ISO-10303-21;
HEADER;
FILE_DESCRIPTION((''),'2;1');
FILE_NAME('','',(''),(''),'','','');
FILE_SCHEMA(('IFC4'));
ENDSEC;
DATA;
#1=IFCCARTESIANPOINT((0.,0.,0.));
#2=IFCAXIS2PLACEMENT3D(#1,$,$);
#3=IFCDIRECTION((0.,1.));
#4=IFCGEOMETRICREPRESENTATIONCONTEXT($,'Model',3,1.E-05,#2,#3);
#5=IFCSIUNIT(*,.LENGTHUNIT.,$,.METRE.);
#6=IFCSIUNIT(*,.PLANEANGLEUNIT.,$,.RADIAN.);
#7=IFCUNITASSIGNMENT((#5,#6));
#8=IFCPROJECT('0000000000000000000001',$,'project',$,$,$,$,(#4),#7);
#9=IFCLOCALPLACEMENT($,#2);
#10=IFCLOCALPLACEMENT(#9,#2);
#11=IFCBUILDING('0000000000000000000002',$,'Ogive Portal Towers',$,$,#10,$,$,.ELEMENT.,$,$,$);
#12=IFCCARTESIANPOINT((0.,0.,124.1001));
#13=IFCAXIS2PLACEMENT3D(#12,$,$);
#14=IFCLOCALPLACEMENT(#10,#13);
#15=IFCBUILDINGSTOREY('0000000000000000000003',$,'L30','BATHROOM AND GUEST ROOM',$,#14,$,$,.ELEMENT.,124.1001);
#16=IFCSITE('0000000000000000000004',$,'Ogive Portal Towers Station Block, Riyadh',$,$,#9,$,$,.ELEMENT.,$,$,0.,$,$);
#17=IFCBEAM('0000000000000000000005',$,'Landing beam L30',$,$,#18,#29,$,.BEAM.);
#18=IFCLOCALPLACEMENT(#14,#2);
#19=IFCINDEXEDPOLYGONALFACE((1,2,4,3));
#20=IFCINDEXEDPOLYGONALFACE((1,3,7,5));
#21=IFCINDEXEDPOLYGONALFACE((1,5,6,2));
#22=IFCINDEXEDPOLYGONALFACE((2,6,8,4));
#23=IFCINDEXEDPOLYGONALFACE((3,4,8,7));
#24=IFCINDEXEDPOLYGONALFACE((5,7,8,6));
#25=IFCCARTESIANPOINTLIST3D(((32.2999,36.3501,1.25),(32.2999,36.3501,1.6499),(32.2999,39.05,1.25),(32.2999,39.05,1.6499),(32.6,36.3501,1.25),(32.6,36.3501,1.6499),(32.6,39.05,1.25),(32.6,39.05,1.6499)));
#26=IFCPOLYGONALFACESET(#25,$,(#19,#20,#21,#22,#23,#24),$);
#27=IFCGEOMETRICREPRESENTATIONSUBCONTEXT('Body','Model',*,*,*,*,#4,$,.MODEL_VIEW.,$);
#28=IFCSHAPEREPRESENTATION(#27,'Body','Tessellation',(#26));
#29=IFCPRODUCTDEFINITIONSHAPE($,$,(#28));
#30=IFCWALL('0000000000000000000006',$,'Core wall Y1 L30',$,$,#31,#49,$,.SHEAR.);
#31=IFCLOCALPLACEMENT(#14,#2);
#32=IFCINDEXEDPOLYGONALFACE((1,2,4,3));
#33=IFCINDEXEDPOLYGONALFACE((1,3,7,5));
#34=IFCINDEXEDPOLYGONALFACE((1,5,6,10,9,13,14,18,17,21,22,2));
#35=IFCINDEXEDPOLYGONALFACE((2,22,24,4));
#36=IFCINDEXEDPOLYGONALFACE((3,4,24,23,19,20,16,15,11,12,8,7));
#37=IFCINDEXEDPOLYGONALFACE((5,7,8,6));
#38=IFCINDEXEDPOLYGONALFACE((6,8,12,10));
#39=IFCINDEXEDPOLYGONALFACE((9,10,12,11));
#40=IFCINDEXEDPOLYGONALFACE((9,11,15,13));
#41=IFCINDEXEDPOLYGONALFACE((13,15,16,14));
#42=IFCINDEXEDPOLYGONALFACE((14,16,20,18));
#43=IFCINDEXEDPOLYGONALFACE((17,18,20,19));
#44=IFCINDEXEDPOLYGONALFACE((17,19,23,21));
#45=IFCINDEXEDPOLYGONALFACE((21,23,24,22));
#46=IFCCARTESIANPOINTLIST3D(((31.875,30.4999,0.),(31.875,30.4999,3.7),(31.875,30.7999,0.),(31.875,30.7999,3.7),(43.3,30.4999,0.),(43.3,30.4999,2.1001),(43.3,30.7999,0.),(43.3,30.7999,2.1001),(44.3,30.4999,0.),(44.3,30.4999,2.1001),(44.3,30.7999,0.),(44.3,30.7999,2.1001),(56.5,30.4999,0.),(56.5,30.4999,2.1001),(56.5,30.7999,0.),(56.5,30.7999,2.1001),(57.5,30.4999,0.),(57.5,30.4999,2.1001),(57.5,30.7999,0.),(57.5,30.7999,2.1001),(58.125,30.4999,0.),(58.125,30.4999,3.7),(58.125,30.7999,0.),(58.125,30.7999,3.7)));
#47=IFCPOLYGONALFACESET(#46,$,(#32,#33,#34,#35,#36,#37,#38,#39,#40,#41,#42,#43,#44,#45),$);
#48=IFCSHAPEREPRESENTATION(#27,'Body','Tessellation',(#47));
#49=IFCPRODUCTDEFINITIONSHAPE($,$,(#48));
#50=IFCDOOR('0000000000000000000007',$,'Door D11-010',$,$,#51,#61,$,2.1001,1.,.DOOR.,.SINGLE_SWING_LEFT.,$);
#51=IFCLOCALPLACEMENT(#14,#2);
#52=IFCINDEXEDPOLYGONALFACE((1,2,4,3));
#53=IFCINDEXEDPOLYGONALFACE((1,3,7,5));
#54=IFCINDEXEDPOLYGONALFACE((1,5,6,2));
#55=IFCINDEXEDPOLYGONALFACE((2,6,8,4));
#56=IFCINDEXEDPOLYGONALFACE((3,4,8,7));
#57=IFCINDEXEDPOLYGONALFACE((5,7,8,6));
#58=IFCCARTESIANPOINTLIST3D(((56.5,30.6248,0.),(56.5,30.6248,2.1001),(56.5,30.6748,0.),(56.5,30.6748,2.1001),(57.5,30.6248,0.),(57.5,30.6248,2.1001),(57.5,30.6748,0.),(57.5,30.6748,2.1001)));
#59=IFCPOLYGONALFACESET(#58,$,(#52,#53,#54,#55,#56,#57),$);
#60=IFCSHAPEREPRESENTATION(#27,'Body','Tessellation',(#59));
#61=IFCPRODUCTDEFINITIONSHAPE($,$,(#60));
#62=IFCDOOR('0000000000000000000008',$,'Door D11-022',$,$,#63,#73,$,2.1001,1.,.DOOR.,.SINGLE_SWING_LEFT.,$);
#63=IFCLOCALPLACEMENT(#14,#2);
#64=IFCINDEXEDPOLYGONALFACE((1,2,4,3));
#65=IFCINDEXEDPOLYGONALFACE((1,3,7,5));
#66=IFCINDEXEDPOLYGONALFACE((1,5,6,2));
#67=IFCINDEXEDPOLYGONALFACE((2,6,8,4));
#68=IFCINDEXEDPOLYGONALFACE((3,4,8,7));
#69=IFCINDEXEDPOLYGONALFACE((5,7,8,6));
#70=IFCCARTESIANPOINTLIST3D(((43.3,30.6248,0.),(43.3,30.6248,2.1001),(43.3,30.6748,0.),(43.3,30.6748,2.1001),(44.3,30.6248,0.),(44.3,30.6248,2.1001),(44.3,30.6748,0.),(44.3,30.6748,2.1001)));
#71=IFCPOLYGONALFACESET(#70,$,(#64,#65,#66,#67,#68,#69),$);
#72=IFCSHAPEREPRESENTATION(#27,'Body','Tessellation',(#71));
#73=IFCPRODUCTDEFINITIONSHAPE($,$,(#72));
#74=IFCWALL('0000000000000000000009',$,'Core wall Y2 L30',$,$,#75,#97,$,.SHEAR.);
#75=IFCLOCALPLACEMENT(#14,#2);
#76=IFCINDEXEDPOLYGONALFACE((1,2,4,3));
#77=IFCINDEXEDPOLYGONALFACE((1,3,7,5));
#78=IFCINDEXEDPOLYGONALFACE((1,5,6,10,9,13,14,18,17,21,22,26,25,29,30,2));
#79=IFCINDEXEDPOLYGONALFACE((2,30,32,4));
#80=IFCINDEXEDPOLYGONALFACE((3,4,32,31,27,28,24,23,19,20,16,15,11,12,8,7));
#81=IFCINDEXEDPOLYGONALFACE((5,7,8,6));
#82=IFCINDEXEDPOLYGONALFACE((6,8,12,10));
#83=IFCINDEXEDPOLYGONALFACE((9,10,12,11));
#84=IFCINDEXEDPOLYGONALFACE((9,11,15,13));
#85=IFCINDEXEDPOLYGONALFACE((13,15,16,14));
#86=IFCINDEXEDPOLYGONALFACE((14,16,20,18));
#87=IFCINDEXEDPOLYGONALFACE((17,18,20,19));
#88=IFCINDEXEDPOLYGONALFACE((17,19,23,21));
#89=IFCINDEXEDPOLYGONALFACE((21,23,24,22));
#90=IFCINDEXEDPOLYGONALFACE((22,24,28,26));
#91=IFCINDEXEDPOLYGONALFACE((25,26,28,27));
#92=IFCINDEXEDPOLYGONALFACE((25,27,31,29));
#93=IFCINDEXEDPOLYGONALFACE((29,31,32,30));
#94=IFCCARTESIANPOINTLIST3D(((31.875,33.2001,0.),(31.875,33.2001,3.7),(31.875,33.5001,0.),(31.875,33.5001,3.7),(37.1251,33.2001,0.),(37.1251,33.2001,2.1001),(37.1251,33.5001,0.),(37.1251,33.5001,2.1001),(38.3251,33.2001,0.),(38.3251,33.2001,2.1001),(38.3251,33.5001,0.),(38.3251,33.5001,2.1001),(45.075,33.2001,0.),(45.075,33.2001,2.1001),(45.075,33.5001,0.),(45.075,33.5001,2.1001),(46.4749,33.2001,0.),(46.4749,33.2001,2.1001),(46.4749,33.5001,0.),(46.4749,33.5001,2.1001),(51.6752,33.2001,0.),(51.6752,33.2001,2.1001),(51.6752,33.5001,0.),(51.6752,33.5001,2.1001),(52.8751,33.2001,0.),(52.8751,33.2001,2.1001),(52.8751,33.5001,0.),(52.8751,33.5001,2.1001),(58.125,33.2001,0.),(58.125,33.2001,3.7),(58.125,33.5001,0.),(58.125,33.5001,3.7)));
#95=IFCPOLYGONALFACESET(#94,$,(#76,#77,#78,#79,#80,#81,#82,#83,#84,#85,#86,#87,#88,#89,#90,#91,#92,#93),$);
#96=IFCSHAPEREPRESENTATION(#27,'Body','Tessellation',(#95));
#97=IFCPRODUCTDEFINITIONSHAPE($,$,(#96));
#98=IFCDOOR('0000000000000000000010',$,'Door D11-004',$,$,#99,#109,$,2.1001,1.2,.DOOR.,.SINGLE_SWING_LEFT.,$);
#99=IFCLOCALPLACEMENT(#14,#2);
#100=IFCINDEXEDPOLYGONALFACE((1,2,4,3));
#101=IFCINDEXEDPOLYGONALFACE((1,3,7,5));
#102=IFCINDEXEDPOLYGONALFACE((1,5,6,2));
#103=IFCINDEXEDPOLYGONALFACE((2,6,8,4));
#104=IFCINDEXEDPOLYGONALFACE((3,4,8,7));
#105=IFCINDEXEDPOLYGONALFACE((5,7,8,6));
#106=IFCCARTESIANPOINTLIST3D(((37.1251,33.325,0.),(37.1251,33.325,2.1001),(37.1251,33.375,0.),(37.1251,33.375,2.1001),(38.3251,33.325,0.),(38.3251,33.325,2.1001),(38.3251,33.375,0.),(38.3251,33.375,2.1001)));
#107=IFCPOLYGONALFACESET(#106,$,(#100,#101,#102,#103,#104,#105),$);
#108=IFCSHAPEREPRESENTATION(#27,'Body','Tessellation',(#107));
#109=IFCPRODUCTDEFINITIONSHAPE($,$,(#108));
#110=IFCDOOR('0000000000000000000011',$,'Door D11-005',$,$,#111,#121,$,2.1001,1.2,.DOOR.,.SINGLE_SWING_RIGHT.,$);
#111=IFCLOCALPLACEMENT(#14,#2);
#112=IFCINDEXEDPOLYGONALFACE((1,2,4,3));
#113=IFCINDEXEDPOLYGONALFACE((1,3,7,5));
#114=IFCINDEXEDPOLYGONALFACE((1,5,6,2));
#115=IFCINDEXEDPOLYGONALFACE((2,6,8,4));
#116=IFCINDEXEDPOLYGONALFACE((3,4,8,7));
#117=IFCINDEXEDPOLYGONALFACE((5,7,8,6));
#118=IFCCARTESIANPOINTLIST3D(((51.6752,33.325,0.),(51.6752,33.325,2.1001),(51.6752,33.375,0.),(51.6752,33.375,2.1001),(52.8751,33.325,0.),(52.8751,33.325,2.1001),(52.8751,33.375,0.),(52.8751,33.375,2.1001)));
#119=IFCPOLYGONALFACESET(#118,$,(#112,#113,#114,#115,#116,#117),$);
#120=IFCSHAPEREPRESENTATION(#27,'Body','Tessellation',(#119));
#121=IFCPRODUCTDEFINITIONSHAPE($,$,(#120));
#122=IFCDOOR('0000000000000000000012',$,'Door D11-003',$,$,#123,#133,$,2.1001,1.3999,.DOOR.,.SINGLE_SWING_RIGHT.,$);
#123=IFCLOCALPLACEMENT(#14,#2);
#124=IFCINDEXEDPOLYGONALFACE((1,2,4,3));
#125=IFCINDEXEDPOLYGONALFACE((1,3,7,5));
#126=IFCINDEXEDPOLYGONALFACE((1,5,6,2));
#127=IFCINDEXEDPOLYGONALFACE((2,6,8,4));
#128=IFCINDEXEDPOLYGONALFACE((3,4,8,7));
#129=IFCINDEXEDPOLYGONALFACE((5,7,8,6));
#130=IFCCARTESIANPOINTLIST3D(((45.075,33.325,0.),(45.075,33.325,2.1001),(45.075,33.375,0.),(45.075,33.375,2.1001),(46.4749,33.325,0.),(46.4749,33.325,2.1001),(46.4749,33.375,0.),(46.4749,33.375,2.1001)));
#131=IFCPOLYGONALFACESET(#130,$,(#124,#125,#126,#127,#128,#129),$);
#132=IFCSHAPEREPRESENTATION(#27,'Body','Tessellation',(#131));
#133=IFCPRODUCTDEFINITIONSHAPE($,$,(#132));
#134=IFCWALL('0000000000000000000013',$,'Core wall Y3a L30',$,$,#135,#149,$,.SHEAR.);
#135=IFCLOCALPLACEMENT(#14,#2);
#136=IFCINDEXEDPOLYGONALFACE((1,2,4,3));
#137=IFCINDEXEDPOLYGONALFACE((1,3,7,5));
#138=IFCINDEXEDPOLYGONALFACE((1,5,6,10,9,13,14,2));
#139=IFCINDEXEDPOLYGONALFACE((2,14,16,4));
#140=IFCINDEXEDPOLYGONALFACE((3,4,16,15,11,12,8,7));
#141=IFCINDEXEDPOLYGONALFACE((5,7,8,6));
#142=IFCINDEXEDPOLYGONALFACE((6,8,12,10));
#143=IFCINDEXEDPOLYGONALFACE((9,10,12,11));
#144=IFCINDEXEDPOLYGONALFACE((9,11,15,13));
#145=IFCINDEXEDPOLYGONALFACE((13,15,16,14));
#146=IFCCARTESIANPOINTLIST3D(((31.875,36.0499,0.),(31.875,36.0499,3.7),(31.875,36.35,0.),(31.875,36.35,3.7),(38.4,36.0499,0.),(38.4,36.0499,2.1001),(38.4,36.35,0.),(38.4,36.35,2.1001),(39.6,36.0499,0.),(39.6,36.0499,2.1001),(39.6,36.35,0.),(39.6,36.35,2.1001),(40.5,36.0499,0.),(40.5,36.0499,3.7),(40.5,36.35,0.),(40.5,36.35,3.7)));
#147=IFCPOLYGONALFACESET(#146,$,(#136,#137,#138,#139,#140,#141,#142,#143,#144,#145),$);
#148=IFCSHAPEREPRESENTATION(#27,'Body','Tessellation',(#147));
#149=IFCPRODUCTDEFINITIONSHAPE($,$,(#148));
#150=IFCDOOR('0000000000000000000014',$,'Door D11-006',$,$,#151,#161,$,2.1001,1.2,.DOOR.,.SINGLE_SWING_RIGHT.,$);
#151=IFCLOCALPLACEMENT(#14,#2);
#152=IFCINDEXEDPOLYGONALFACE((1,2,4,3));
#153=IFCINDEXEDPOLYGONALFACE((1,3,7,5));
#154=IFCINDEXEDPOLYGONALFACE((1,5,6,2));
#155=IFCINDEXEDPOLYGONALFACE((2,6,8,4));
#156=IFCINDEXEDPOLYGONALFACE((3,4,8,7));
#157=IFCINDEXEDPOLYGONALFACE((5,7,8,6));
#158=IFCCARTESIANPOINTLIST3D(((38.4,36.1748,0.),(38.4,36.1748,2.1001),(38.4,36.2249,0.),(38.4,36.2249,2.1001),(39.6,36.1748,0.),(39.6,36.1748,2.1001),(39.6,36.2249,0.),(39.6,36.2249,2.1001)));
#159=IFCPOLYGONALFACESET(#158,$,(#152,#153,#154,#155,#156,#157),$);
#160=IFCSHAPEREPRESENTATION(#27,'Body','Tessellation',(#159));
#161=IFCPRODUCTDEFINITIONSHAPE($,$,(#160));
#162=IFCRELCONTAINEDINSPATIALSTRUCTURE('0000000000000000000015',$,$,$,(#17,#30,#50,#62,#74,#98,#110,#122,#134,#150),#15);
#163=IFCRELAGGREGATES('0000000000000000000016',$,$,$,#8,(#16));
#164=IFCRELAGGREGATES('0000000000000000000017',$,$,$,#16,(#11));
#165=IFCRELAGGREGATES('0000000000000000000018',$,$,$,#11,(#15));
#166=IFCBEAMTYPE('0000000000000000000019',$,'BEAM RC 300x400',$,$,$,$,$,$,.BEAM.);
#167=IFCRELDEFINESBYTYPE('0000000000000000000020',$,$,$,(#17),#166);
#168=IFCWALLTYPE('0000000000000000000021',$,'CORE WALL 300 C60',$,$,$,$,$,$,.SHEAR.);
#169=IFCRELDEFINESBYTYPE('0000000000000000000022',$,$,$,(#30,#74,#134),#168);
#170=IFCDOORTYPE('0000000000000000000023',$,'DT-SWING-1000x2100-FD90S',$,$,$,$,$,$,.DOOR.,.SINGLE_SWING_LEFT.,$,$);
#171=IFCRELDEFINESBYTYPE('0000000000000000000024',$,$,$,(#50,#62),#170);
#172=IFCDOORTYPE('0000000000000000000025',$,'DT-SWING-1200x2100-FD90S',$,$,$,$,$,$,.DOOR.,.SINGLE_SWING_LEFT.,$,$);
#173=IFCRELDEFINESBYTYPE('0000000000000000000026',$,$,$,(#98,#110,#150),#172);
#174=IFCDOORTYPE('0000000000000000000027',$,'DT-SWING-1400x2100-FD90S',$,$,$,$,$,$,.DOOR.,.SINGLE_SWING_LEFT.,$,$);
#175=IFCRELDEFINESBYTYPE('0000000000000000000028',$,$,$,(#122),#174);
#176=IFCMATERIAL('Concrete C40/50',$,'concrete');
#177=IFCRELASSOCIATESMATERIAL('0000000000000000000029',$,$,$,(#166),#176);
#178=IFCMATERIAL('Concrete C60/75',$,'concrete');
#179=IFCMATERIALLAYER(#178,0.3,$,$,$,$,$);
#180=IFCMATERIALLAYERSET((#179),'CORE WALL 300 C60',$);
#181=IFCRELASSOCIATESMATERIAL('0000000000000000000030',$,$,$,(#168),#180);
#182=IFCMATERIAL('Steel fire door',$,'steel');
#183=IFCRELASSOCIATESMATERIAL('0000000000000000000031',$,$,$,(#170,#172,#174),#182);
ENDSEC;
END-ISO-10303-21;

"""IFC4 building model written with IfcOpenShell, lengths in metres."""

from ifc_helpers import new_model, si_unit, direction, frame, frame_2d, origin, origin_2d, place, context, subcontext, project, spatial, rectangle, extrude, material, layer, layer_set, material_profile, profile_set, type_object, element, fill, save


model = new_model("IFC4")

# Units and contexts
model_context = context("Model", 3, precision=1e-05, world=origin(), true_north=direction((0.0, 1.0)))
body_context = subcontext(model_context, "Body", "Model", "MODEL_VIEW")
ifc_project = project(units=[si_unit("LENGTHUNIT", "METRE"), si_unit("PLANEANGLEUNIT", "RADIAN")], contexts=[model_context])

# Site, building, storey
site_placement = place(None, origin())
site = spatial("IfcSite", under=ifc_project, at=site_placement, Name="Ogive Portal Towers Station Block, Riyadh", CompositionType="ELEMENT", RefElevation=0.0)
building_placement = place(site_placement, origin())
building = spatial("IfcBuilding", under=site, at=building_placement, Name="Ogive Portal Towers", CompositionType="ELEMENT")
storey_placement = place(building_placement, frame((0.0, 0.0, 124.1001)))
storey = spatial("IfcBuildingStorey", under=building, at=storey_placement, Name="L30", Description="BATHROOM AND GUEST ROOM", CompositionType="ELEMENT", Elevation=124.1001)

# Beam
ifc_material_1 = material(Name="Concrete C40/50", Category="concrete")
ifc_material_profile = material_profile(ifc_material_1, rectangle(XDim=0.3, YDim=0.3999, at=origin_2d()), Name="RC 300x400")
ifc_profile_set = profile_set([ifc_material_profile], Name="Concrete C40/50")
beam_type = type_object("IfcBeamType", Name="BEAM RC 300x400", PredefinedType="BEAM", material=ifc_profile_set)
beam_placement = place(storey_placement, frame((32.45, 36.3501, 1.45), z_axis=(0.0, 1.0, 0.0), x_axis=(-1.0, 0.0, 0.0)))
element("IfcBeam", 1, at=beam_placement, inside=storey, type_object=beam_type, Name="Landing beam L30", PredefinedType="BEAM", context=body_context, shape_type="SweptSolid", body=[
    extrude(rectangle(XDim=0.3, YDim=0.3999, at=origin_2d()), origin(), (0.0, 0.0, 1.0), 2.7),
])

# Walls, openings, doors
ifc_material_2 = material(Name="Concrete C60/75", Category="concrete")
ifc_layer_1 = layer(ifc_material_2, 0.3)
ifc_layer_set_1 = layer_set([ifc_layer_1], Name="CORE WALL 300 C60")
wall_type_1 = type_object("IfcWallType", Name="CORE WALL 300 C60", PredefinedType="SHEAR", material=ifc_layer_set_1)
wall_1_placement = place(storey_placement, frame((31.875, 30.6499, 0.0), z_axis=(0.0, 0.0, 1.0), x_axis=(1.0, 0.0, 0.0)))
wall_1 = element("IfcWall", 2, at=wall_1_placement, inside=storey, type_object=wall_type_1, Name="Core wall Y1 L30", PredefinedType="SHEAR", context=body_context, shape_type="SweptSolid", body=[
    extrude(rectangle(XDim=26.25, YDim=0.3, at=frame_2d((13.125, 0.0))), origin(), (0.0, 0.0, 1.0), 3.7),
])
opening_1_placement = place(wall_1_placement, frame((24.625, 0.0, 0.0)))
opening_1 = element("IfcOpeningElement", 3, at=opening_1_placement, cuts=wall_1, PredefinedType="OPENING", context=body_context, shape_type="SweptSolid", body=[
    extrude(rectangle(XDim=1.0, YDim=2.1001, at=frame_2d((0.5, 1.05))), frame((0.0, 0.1602, 0.0), z_axis=(0.0, -1.0, 0.0), x_axis=(1.0, 0.0, 0.0)), (0.0, 0.0, 1.0), 0.3201),
])
opening_2_placement = place(wall_1_placement, frame((11.425, 0.0, 0.0)))
opening_2 = element("IfcOpeningElement", 4, at=opening_2_placement, cuts=wall_1, PredefinedType="OPENING", context=body_context, shape_type="SweptSolid", body=[
    extrude(rectangle(XDim=1.0, YDim=2.1001, at=frame_2d((0.5, 1.05))), frame((0.0, 0.1602, 0.0), z_axis=(0.0, -1.0, 0.0), x_axis=(1.0, 0.0, 0.0)), (0.0, 0.0, 1.0), 0.3201),
])
ifc_material_3 = material(Name="Steel fire door", Category="steel")
door_type_1 = type_object("IfcDoorType", Name="DT-SWING-1000x2100-FD90S", OperationType="SINGLE_SWING_LEFT", PredefinedType="DOOR", material=ifc_material_3)
door_1_placement = place(opening_1_placement, origin())
door_1 = element("IfcDoor", 5, at=door_1_placement, inside=storey, type_object=door_type_1, Name="Door D11-010", OperationType="SINGLE_SWING_LEFT", OverallHeight=2.1001, OverallWidth=1.0, PredefinedType="DOOR", context=body_context, shape_type="SweptSolid", body=[
    extrude(rectangle(XDim=1.0, YDim=2.1001, at=frame_2d((0.5, 1.05))), frame((0.0, 0.0249, 0.0), z_axis=(0.0, -1.0, 0.0), x_axis=(1.0, 0.0, 0.0)), (0.0, 0.0, 1.0), 0.05),
])
fill(opening_1, door_1)
door_2_placement = place(opening_2_placement, origin())
door_2 = element("IfcDoor", 6, at=door_2_placement, inside=storey, type_object=door_type_1, Name="Door D11-022", OperationType="SINGLE_SWING_LEFT", OverallHeight=2.1001, OverallWidth=1.0, PredefinedType="DOOR", context=body_context, shape_type="SweptSolid", body=[
    extrude(rectangle(XDim=1.0, YDim=2.1001, at=frame_2d((0.5, 1.05))), frame((0.0, 0.0249, 0.0), z_axis=(0.0, -1.0, 0.0), x_axis=(1.0, 0.0, 0.0)), (0.0, 0.0, 1.0), 0.05),
])
fill(opening_2, door_2)
wall_2_placement = place(storey_placement, frame((31.875, 33.3501, 0.0), z_axis=(0.0, 0.0, 1.0), x_axis=(1.0, 0.0, 0.0)))
wall_2 = element("IfcWall", 7, at=wall_2_placement, inside=storey, type_object=wall_type_1, Name="Core wall Y2 L30", PredefinedType="SHEAR", context=body_context, shape_type="SweptSolid", body=[
    extrude(rectangle(XDim=26.25, YDim=0.3, at=frame_2d((13.125, 0.0))), origin(), (0.0, 0.0, 1.0), 3.7),
])
opening_3_placement = place(wall_2_placement, frame((13.2, 0.0, 0.0)))
opening_3 = element("IfcOpeningElement", 8, at=opening_3_placement, cuts=wall_2, PredefinedType="OPENING", context=body_context, shape_type="SweptSolid", body=[
    extrude(rectangle(XDim=1.3999, YDim=2.1001, at=frame_2d((0.7, 1.05))), frame((0.0, 0.1602, 0.0), z_axis=(0.0, -1.0, 0.0), x_axis=(1.0, 0.0, 0.0)), (0.0, 0.0, 1.0), 0.3201),
])
opening_4_placement = place(wall_2_placement, frame((5.25, 0.0, 0.0)))
opening_4 = element("IfcOpeningElement", 9, at=opening_4_placement, cuts=wall_2, PredefinedType="OPENING", context=body_context, shape_type="SweptSolid", body=[
    extrude(rectangle(XDim=1.2, YDim=2.1001, at=frame_2d((0.6001, 1.05))), frame((0.0, 0.1602, 0.0), z_axis=(0.0, -1.0, 0.0), x_axis=(1.0, 0.0, 0.0)), (0.0, 0.0, 1.0), 0.3201),
])
opening_5_placement = place(wall_2_placement, frame((19.8, 0.0, 0.0)))
opening_5 = element("IfcOpeningElement", 10, at=opening_5_placement, cuts=wall_2, PredefinedType="OPENING", context=body_context, shape_type="SweptSolid", body=[
    extrude(rectangle(XDim=1.2, YDim=2.1001, at=frame_2d((0.6001, 1.05))), frame((0.0, 0.1602, 0.0), z_axis=(0.0, -1.0, 0.0), x_axis=(1.0, 0.0, 0.0)), (0.0, 0.0, 1.0), 0.3201),
])
door_type_2 = type_object("IfcDoorType", Name="DT-SWING-1200x2100-FD90S", OperationType="SINGLE_SWING_LEFT", PredefinedType="DOOR", material=ifc_material_3)
door_3_placement = place(opening_4_placement, origin())
door_3 = element("IfcDoor", 11, at=door_3_placement, inside=storey, type_object=door_type_2, Name="Door D11-004", OperationType="SINGLE_SWING_LEFT", OverallHeight=2.1001, OverallWidth=1.2, PredefinedType="DOOR", context=body_context, shape_type="SweptSolid", body=[
    extrude(rectangle(XDim=1.2, YDim=2.1001, at=frame_2d((0.6001, 1.05))), frame((0.0, 0.0249, 0.0), z_axis=(0.0, -1.0, 0.0), x_axis=(1.0, 0.0, 0.0)), (0.0, 0.0, 1.0), 0.05),
])
fill(opening_4, door_3)
door_4_placement = place(opening_5_placement, origin())
door_4 = element("IfcDoor", 12, at=door_4_placement, inside=storey, type_object=door_type_2, Name="Door D11-005", OperationType="SINGLE_SWING_RIGHT", OverallHeight=2.1001, OverallWidth=1.2, PredefinedType="DOOR", context=body_context, shape_type="SweptSolid", body=[
    extrude(rectangle(XDim=1.2, YDim=2.1001, at=frame_2d((0.6001, 1.05))), frame((0.0, 0.0249, 0.0), z_axis=(0.0, -1.0, 0.0), x_axis=(1.0, 0.0, 0.0)), (0.0, 0.0, 1.0), 0.05),
])
fill(opening_5, door_4)
door_type_3 = type_object("IfcDoorType", Name="DT-SWING-1400x2100-FD90S", OperationType="SINGLE_SWING_LEFT", PredefinedType="DOOR", material=ifc_material_3)
door_5_placement = place(opening_3_placement, origin())
door_5 = element("IfcDoor", 13, at=door_5_placement, inside=storey, type_object=door_type_3, Name="Door D11-003", OperationType="SINGLE_SWING_RIGHT", OverallHeight=2.1001, OverallWidth=1.3999, PredefinedType="DOOR", context=body_context, shape_type="SweptSolid", body=[
    extrude(rectangle(XDim=1.3999, YDim=2.1001, at=frame_2d((0.7, 1.05))), frame((0.0, 0.0249, 0.0), z_axis=(0.0, -1.0, 0.0), x_axis=(1.0, 0.0, 0.0)), (0.0, 0.0, 1.0), 0.05),
])
fill(opening_3, door_5)

# Wall, opening, door
wall_3_placement = place(storey_placement, frame((31.875, 36.2, 0.0), z_axis=(0.0, 0.0, 1.0), x_axis=(1.0, 0.0, 0.0)))
wall_3 = element("IfcWall", 14, at=wall_3_placement, inside=storey, type_object=wall_type_1, Name="Core wall Y3a L30", PredefinedType="SHEAR", context=body_context, shape_type="SweptSolid", body=[
    extrude(rectangle(XDim=8.625, YDim=0.3, at=frame_2d((4.3125, 0.0))), origin(), (0.0, 0.0, 1.0), 3.7),
])
opening_6_placement = place(wall_3_placement, frame((6.5249, 0.0, 0.0)))
opening_6 = element("IfcOpeningElement", 15, at=opening_6_placement, cuts=wall_3, PredefinedType="OPENING", context=body_context, shape_type="SweptSolid", body=[
    extrude(rectangle(XDim=1.2, YDim=2.1001, at=frame_2d((0.6001, 1.05))), frame((0.0, 0.1602, 0.0), z_axis=(0.0, -1.0, 0.0), x_axis=(1.0, 0.0, 0.0)), (0.0, 0.0, 1.0), 0.3201),
])
door_6_placement = place(opening_6_placement, origin())
door_6 = element("IfcDoor", 16, at=door_6_placement, inside=storey, type_object=door_type_2, Name="Door D11-006", OperationType="SINGLE_SWING_RIGHT", OverallHeight=2.1001, OverallWidth=1.2, PredefinedType="DOOR", context=body_context, shape_type="SweptSolid", body=[
    extrude(rectangle(XDim=1.2, YDim=2.1001, at=frame_2d((0.6001, 1.05))), frame((0.0, 0.0249, 0.0), z_axis=(0.0, -1.0, 0.0), x_axis=(1.0, 0.0, 0.0)), (0.0, 0.0, 1.0), 0.05),
])
fill(opening_6, door_6)

save(model, "model.ifc")
